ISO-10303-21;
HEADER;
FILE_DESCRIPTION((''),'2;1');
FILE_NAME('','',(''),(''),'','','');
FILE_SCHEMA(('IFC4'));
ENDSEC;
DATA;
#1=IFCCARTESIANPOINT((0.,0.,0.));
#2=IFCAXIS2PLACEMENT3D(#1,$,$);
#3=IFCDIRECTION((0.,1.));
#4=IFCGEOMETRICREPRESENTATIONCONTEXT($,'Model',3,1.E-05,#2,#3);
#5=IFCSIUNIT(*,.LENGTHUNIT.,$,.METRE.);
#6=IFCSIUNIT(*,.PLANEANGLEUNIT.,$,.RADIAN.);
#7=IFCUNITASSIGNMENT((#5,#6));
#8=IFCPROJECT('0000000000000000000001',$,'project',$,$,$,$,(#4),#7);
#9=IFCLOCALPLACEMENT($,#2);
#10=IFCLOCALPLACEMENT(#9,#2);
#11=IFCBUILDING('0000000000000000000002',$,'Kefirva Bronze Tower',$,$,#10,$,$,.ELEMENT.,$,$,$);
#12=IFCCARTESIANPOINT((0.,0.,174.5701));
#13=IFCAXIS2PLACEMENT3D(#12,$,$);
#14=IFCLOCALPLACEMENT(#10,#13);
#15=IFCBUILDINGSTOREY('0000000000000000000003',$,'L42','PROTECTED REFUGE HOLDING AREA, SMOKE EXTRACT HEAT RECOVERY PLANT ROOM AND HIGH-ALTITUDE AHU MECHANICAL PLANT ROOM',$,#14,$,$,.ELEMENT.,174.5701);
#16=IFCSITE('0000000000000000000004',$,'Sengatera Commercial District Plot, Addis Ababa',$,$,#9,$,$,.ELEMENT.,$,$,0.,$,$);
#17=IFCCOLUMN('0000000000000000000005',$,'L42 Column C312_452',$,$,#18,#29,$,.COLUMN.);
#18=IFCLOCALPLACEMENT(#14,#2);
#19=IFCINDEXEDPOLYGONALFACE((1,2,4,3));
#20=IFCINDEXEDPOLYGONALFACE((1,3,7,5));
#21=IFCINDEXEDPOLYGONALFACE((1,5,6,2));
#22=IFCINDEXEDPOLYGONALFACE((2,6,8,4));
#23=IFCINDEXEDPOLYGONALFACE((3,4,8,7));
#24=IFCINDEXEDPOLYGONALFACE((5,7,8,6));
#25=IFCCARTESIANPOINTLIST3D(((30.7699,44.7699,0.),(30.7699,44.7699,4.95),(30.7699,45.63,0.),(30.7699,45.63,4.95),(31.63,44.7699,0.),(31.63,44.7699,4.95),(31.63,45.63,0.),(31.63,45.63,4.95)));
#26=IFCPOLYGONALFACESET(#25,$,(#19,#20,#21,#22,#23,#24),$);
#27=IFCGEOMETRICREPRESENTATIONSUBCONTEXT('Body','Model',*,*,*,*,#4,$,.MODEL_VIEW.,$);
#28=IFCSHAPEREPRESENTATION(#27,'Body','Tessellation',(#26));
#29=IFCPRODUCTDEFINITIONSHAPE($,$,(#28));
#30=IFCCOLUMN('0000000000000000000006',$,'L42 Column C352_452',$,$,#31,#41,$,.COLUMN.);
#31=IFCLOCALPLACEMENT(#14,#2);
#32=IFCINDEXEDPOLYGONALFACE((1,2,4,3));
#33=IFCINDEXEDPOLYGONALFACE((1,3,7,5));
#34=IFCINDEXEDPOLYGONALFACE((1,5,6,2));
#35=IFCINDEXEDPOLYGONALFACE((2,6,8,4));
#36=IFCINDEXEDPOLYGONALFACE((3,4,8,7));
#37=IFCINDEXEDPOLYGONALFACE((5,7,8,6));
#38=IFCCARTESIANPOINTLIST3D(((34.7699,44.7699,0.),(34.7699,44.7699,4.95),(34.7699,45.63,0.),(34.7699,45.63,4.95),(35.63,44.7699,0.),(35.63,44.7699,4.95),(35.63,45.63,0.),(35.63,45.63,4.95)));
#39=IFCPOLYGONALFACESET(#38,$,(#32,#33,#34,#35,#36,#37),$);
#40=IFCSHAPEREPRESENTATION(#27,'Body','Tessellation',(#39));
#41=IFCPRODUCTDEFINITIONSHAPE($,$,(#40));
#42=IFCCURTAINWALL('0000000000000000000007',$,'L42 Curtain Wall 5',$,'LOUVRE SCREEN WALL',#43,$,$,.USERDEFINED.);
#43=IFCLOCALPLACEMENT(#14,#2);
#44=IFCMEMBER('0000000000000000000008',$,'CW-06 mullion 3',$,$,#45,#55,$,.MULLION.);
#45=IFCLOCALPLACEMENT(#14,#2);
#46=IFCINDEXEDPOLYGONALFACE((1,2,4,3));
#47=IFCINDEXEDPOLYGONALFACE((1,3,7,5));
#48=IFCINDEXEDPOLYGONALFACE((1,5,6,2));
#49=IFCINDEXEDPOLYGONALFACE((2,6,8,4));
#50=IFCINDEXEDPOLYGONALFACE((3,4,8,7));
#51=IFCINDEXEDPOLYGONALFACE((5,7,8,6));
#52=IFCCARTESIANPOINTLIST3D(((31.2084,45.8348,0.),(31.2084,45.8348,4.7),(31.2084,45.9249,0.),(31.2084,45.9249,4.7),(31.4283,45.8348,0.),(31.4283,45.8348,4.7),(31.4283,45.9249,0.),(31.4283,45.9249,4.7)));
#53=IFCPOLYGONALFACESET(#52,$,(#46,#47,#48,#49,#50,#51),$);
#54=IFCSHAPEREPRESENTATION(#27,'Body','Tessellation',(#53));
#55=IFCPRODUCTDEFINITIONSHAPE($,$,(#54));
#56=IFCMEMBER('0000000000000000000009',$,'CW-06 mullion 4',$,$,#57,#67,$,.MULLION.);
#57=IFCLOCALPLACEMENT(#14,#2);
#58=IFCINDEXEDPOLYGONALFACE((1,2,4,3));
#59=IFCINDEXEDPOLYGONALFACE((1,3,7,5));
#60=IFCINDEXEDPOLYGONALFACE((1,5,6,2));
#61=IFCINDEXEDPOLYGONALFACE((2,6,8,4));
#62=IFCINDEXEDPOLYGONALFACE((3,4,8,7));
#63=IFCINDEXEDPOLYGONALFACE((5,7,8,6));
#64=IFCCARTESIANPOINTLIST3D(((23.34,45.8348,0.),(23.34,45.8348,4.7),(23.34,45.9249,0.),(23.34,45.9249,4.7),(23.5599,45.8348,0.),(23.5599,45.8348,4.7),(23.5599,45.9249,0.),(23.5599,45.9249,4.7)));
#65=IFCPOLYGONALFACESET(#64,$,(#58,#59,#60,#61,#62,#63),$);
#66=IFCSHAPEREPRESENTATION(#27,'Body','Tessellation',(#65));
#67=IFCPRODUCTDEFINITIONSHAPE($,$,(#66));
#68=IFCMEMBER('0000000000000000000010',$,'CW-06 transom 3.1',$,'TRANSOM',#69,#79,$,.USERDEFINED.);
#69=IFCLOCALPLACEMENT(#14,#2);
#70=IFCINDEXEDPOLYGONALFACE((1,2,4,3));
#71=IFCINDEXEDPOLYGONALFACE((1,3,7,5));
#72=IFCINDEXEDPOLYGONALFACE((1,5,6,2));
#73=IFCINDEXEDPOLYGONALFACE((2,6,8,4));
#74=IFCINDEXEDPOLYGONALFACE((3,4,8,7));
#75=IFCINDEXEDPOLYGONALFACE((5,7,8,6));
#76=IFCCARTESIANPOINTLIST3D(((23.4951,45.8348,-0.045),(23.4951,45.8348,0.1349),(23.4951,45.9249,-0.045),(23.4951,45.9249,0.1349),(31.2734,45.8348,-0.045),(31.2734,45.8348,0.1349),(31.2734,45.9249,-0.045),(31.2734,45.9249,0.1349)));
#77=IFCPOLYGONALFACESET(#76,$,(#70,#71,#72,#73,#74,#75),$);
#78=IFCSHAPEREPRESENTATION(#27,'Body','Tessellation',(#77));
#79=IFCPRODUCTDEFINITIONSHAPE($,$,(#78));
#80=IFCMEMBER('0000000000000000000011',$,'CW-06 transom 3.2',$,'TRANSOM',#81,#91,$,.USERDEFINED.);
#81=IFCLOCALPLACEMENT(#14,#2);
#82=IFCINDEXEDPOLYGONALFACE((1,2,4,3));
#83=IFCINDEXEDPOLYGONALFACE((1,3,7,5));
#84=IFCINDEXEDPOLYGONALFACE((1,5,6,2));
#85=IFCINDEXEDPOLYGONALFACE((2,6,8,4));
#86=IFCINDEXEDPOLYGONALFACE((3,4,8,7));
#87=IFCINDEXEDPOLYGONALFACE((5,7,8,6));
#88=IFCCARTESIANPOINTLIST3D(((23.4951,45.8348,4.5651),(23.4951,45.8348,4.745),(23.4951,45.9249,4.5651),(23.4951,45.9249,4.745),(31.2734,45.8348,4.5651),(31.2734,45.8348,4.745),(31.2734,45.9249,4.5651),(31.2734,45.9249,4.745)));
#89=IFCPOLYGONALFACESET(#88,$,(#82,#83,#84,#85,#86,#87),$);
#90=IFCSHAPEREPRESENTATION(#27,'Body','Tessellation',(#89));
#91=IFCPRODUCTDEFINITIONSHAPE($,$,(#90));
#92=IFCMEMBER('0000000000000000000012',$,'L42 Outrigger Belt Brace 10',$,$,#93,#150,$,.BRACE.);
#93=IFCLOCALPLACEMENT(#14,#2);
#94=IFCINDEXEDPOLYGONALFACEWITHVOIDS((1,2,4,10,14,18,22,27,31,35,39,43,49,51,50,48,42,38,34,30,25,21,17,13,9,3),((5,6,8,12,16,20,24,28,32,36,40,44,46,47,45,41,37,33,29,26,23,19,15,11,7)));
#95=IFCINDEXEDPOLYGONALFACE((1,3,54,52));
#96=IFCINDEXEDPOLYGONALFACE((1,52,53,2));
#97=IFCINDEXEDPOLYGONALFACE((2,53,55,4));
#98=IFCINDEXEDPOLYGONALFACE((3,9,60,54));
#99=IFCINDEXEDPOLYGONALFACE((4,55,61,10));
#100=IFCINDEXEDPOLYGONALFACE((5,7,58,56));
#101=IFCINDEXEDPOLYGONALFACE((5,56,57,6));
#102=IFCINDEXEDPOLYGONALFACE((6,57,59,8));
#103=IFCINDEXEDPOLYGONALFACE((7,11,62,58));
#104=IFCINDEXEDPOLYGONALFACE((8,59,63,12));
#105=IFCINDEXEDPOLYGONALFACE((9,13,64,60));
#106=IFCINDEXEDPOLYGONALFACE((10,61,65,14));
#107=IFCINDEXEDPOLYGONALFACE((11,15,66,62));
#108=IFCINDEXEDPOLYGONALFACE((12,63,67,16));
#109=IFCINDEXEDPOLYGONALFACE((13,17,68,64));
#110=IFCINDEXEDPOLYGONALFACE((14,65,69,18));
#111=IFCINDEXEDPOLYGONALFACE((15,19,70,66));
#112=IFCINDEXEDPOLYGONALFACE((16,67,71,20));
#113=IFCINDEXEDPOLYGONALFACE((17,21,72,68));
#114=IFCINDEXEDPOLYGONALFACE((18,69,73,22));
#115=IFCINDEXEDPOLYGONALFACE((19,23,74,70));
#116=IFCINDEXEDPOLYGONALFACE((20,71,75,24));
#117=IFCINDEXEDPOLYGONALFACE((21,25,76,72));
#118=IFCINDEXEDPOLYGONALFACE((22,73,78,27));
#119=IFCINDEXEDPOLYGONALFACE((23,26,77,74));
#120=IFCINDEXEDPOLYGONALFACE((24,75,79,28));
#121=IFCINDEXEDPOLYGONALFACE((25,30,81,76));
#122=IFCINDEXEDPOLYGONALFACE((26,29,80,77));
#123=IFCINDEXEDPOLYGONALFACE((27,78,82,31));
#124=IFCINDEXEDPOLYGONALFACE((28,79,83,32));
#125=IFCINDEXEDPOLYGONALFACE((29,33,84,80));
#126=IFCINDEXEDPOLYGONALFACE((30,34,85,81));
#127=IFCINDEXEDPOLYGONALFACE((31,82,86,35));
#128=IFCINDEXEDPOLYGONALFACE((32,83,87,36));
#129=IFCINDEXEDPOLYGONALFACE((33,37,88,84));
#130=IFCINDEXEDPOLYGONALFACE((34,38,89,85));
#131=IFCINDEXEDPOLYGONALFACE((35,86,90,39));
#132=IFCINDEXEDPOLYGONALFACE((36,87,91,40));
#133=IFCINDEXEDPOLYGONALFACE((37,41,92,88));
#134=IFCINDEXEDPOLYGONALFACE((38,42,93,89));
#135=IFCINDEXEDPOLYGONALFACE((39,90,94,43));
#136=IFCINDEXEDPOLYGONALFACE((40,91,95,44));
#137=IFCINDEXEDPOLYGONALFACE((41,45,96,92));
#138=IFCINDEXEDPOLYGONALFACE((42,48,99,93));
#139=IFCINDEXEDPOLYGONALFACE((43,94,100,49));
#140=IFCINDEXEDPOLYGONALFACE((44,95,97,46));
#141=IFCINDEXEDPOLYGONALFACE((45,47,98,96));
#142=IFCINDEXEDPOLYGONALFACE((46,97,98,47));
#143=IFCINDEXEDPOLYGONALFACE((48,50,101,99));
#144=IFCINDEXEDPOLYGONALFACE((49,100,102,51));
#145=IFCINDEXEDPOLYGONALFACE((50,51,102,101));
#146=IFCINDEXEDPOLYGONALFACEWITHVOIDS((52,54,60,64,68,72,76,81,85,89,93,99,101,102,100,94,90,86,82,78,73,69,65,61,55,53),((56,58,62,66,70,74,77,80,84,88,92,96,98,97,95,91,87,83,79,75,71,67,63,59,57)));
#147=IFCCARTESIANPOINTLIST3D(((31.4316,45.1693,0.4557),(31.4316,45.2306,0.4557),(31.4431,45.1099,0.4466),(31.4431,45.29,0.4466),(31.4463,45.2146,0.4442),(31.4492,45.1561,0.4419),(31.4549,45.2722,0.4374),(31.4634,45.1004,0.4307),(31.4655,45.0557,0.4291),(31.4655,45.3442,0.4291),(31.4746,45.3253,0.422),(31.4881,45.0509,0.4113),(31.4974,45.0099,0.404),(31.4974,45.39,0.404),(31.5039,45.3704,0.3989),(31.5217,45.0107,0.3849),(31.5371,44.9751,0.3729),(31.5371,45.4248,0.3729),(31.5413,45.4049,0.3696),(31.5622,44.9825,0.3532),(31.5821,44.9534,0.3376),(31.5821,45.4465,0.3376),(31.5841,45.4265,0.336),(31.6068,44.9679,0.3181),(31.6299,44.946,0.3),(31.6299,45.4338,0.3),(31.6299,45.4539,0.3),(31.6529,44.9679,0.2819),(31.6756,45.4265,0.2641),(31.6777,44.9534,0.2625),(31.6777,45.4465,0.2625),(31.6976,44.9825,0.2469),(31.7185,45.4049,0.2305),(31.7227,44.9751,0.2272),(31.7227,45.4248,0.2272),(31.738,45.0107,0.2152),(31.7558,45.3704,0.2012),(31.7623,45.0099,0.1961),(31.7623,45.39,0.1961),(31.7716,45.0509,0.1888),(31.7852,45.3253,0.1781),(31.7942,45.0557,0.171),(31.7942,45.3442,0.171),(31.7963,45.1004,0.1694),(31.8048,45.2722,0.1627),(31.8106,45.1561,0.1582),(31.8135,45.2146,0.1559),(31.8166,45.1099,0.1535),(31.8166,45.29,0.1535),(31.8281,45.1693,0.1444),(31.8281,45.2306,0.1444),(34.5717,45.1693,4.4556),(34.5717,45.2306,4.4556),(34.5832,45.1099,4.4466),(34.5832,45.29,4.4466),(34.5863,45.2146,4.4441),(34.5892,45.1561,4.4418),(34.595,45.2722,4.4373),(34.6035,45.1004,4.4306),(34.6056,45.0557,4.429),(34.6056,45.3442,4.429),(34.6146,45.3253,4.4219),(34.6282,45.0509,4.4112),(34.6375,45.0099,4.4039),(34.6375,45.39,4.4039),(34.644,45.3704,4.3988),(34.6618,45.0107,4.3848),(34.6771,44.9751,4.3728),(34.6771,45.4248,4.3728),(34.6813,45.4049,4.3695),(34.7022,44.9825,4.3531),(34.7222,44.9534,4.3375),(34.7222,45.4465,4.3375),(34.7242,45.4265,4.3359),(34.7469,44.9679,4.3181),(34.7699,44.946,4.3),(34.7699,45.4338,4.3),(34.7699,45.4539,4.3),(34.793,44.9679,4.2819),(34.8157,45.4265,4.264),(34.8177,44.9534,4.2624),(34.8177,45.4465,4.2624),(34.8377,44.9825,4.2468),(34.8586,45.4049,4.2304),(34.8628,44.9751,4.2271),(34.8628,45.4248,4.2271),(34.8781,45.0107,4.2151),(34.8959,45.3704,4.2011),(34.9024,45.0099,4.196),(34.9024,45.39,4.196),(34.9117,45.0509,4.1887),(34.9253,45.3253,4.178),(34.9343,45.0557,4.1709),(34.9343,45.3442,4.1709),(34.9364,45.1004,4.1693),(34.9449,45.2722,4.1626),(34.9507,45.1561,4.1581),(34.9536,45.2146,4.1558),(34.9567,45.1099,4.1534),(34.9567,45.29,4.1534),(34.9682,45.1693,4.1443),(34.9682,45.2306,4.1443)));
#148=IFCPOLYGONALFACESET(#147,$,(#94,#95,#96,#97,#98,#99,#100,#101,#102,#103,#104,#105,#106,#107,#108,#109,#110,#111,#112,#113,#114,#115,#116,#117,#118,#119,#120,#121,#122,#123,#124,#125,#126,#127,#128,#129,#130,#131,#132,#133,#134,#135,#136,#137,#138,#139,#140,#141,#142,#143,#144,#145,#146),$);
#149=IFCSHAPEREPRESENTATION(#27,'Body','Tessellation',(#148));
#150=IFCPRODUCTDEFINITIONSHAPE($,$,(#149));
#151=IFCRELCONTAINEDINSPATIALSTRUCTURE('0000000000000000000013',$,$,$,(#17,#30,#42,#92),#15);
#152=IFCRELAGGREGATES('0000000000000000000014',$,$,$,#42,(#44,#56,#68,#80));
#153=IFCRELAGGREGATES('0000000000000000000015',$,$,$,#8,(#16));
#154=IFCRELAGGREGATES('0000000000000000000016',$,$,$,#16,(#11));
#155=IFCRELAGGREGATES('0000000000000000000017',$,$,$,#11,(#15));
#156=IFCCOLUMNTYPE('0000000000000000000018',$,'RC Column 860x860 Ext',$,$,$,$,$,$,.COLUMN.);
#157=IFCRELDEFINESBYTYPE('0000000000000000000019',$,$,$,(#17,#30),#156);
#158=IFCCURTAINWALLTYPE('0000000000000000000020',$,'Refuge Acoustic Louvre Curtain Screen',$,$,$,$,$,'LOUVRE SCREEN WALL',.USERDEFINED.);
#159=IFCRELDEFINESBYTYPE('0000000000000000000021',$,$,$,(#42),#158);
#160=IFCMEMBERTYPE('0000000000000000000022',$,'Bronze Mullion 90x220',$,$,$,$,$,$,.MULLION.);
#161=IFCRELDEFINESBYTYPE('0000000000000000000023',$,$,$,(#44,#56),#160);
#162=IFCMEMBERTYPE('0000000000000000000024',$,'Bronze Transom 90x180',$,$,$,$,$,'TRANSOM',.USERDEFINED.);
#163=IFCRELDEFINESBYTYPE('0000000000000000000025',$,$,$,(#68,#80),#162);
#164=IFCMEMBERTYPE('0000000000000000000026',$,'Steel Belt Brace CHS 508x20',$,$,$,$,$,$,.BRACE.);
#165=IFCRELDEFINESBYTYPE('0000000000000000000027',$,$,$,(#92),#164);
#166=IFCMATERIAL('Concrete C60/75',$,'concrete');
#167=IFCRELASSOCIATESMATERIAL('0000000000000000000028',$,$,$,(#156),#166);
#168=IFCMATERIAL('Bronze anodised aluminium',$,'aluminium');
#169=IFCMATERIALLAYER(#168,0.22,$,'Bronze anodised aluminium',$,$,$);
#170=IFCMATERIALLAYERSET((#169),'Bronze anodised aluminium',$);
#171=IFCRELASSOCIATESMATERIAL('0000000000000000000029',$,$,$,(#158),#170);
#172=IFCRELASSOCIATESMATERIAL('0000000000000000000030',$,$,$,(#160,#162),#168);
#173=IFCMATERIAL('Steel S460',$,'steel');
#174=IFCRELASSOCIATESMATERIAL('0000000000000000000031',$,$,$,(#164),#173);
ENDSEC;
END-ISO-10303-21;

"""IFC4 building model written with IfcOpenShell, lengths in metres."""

from ifc_helpers import new_model, si_unit, direction, frame, origin, origin_2d, place, context, subcontext, project, spatial, rectangle, hollow_circle, extrude, material, layer, layer_set, material_profile, profile_set, type_object, element, aggregate, save


model = new_model("IFC4")

# Units and contexts
model_context = context("Model", 3, precision=1e-05, world=origin(), true_north=direction((0.0, 1.0)))
body_context = subcontext(model_context, "Body", "Model", "MODEL_VIEW")
ifc_project = project(units=[si_unit("LENGTHUNIT", "METRE"), si_unit("PLANEANGLEUNIT", "RADIAN")], contexts=[model_context])

# Site, building, storey
site_placement = place(None, origin())
site = spatial("IfcSite", under=ifc_project, at=site_placement, Name="Sengatera Commercial District Plot, Addis Ababa", CompositionType="ELEMENT", RefElevation=0.0)
building_placement = place(site_placement, origin())
building = spatial("IfcBuilding", under=site, at=building_placement, Name="Kefirva Bronze Tower", CompositionType="ELEMENT")
storey_placement = place(building_placement, frame((0.0, 0.0, 174.5701)))
storey = spatial("IfcBuildingStorey", under=building, at=storey_placement, Name="L42", Description="PROTECTED REFUGE HOLDING AREA, SMOKE EXTRACT HEAT RECOVERY PLANT ROOM AND HIGH-ALTITUDE AHU MECHANICAL PLANT ROOM", CompositionType="ELEMENT", Elevation=174.5701)

# Columns
ifc_material_1 = material(Name="Concrete C60/75", Category="concrete")
ifc_material_profile_1 = material_profile(ifc_material_1, rectangle(XDim=0.8601, YDim=0.8601, at=origin_2d()), Name="RC 860x860")
ifc_profile_set_1 = profile_set([ifc_material_profile_1], Name="Concrete C60/75")
column_type = type_object("IfcColumnType", Name="RC Column 860x860 Ext", PredefinedType="COLUMN", material=ifc_profile_set_1)
for number, where, z_axis, x_axis, name in (
    (1, (31.2, 45.2, 0.0), (0.0, 0.0, 1.0), (1.0, 0.0, 0.0), "L42 Column C312_452"),
    (2, (35.2, 45.2, 0.0), (0.0, 0.0, 1.0), (1.0, 0.0, 0.0), "L42 Column C352_452"),
):
    element("IfcColumn", number, at=place(storey_placement, frame(where, z_axis=z_axis, x_axis=x_axis)), inside=storey, type_object=column_type, Name=name, PredefinedType="COLUMN", context=body_context, shape_type="SweptSolid", body=[
        extrude(rectangle(XDim=0.8601, YDim=0.8601, at=origin_2d()), origin(), (0.0, 0.0, 1.0), 4.95),
    ])

# Curtain wall, members
ifc_material_2 = material(Name="Bronze anodised aluminium", Category="aluminium")
ifc_layer_1 = layer(ifc_material_2, 0.22, Name="Bronze anodised aluminium")
ifc_layer_set_1 = layer_set([ifc_layer_1], Name="Bronze anodised aluminium")
curtain_wall_type = type_object("IfcCurtainWallType", Name="Refuge Acoustic Louvre Curtain Screen", ElementType="LOUVRE SCREEN WALL", PredefinedType="USERDEFINED", material=ifc_layer_set_1)
curtain_wall_placement = place(storey_placement, origin())
curtain_wall = element("IfcCurtainWall", 3, at=curtain_wall_placement, inside=storey, type_object=curtain_wall_type, Name="L42 Curtain Wall 5", ObjectType="LOUVRE SCREEN WALL", PredefinedType="USERDEFINED")
ifc_material_profile_2 = material_profile(ifc_material_2, rectangle(XDim=0.0901, YDim=0.22, at=origin_2d()), Name="ALU 90x220")
ifc_profile_set_2 = profile_set([ifc_material_profile_2], Name="Bronze anodised aluminium")
member_type_1 = type_object("IfcMemberType", Name="Bronze Mullion 90x220", PredefinedType="MULLION", material=ifc_profile_set_2)
member_1_placement = place(storey_placement, frame((31.3184, 45.8799, 0.0), z_axis=(0.0, 0.0, 1.0), x_axis=(0.0, -1.0, 0.0)))
member_1 = element("IfcMember", 4, at=member_1_placement, type_object=member_type_1, Name="CW-06 mullion 3", PredefinedType="MULLION", context=body_context, shape_type="SweptSolid", body=[
    extrude(rectangle(XDim=0.0901, YDim=0.22, at=origin_2d()), origin(), (0.0, 0.0, 1.0), 4.7),
])
member_2_placement = place(storey_placement, frame((23.45, 45.8799, 0.0), z_axis=(0.0, 0.0, 1.0), x_axis=(0.0, -1.0, 0.0)))
member_2 = element("IfcMember", 5, at=member_2_placement, type_object=member_type_1, Name="CW-06 mullion 4", PredefinedType="MULLION", context=body_context, shape_type="SweptSolid", body=[
    extrude(rectangle(XDim=0.0901, YDim=0.22, at=origin_2d()), origin(), (0.0, 0.0, 1.0), 4.7),
])
ifc_material_profile_3 = material_profile(ifc_material_2, rectangle(XDim=0.0901, YDim=0.1799, at=origin_2d()), Name="ALU 90x180")
ifc_profile_set_3 = profile_set([ifc_material_profile_3], Name="Bronze anodised aluminium")
member_type_2 = type_object("IfcMemberType", Name="Bronze Transom 90x180", ElementType="TRANSOM", PredefinedType="USERDEFINED", material=ifc_profile_set_3)
member_3_placement = place(storey_placement, frame((31.2734, 45.8799, 0.0449), z_axis=(-1.0, 0.0, 0.0), x_axis=(0.0, -1.0, 0.0)))
member_3 = element("IfcMember", 6, at=member_3_placement, type_object=member_type_2, Name="CW-06 transom 3.1", ObjectType="TRANSOM", PredefinedType="USERDEFINED", context=body_context, shape_type="SweptSolid", body=[
    extrude(rectangle(XDim=0.0901, YDim=0.1799, at=origin_2d()), origin(), (0.0, 0.0, 1.0), 7.7783),
])
member_4_placement = place(storey_placement, frame((31.2734, 45.8799, 4.655), z_axis=(-1.0, 0.0, 0.0), x_axis=(0.0, -1.0, 0.0)))
member_4 = element("IfcMember", 7, at=member_4_placement, type_object=member_type_2, Name="CW-06 transom 3.2", ObjectType="TRANSOM", PredefinedType="USERDEFINED", context=body_context, shape_type="SweptSolid", body=[
    extrude(rectangle(XDim=0.0901, YDim=0.1799, at=origin_2d()), origin(), (0.0, 0.0, 1.0), 7.7783),
])

# Member
ifc_material_3 = material(Name="Steel S460", Category="steel")
ifc_material_profile_4 = material_profile(ifc_material_3, hollow_circle(Radius=0.2539, WallThickness=0.02, at=origin_2d()), Name="CHS 508x20")
ifc_profile_set_4 = profile_set([ifc_material_profile_4], Name="Steel S460")
member_type_3 = type_object("IfcMemberType", Name="Steel Belt Brace CHS 508x20", PredefinedType="BRACE", material=ifc_profile_set_4)
member_5_placement = place(storey_placement, frame((31.6299, 45.2, 0.3), z_axis=(0.617491, 0.0, 0.786578), x_axis=(0.0, 1.0, 0.0)))
element("IfcMember", 8, at=member_5_placement, inside=storey, type_object=member_type_3, Name="L42 Outrigger Belt Brace 10", PredefinedType="BRACE", context=body_context, shape_type="SweptSolid", body=[
    extrude(hollow_circle(Radius=0.2539, WallThickness=0.02, at=origin_2d()), origin(), (0.0, 0.0, 1.0), 5.0852),
])

aggregate(curtain_wall, [member_1, member_2, member_3, member_4])

save(model, "model.ifc")
